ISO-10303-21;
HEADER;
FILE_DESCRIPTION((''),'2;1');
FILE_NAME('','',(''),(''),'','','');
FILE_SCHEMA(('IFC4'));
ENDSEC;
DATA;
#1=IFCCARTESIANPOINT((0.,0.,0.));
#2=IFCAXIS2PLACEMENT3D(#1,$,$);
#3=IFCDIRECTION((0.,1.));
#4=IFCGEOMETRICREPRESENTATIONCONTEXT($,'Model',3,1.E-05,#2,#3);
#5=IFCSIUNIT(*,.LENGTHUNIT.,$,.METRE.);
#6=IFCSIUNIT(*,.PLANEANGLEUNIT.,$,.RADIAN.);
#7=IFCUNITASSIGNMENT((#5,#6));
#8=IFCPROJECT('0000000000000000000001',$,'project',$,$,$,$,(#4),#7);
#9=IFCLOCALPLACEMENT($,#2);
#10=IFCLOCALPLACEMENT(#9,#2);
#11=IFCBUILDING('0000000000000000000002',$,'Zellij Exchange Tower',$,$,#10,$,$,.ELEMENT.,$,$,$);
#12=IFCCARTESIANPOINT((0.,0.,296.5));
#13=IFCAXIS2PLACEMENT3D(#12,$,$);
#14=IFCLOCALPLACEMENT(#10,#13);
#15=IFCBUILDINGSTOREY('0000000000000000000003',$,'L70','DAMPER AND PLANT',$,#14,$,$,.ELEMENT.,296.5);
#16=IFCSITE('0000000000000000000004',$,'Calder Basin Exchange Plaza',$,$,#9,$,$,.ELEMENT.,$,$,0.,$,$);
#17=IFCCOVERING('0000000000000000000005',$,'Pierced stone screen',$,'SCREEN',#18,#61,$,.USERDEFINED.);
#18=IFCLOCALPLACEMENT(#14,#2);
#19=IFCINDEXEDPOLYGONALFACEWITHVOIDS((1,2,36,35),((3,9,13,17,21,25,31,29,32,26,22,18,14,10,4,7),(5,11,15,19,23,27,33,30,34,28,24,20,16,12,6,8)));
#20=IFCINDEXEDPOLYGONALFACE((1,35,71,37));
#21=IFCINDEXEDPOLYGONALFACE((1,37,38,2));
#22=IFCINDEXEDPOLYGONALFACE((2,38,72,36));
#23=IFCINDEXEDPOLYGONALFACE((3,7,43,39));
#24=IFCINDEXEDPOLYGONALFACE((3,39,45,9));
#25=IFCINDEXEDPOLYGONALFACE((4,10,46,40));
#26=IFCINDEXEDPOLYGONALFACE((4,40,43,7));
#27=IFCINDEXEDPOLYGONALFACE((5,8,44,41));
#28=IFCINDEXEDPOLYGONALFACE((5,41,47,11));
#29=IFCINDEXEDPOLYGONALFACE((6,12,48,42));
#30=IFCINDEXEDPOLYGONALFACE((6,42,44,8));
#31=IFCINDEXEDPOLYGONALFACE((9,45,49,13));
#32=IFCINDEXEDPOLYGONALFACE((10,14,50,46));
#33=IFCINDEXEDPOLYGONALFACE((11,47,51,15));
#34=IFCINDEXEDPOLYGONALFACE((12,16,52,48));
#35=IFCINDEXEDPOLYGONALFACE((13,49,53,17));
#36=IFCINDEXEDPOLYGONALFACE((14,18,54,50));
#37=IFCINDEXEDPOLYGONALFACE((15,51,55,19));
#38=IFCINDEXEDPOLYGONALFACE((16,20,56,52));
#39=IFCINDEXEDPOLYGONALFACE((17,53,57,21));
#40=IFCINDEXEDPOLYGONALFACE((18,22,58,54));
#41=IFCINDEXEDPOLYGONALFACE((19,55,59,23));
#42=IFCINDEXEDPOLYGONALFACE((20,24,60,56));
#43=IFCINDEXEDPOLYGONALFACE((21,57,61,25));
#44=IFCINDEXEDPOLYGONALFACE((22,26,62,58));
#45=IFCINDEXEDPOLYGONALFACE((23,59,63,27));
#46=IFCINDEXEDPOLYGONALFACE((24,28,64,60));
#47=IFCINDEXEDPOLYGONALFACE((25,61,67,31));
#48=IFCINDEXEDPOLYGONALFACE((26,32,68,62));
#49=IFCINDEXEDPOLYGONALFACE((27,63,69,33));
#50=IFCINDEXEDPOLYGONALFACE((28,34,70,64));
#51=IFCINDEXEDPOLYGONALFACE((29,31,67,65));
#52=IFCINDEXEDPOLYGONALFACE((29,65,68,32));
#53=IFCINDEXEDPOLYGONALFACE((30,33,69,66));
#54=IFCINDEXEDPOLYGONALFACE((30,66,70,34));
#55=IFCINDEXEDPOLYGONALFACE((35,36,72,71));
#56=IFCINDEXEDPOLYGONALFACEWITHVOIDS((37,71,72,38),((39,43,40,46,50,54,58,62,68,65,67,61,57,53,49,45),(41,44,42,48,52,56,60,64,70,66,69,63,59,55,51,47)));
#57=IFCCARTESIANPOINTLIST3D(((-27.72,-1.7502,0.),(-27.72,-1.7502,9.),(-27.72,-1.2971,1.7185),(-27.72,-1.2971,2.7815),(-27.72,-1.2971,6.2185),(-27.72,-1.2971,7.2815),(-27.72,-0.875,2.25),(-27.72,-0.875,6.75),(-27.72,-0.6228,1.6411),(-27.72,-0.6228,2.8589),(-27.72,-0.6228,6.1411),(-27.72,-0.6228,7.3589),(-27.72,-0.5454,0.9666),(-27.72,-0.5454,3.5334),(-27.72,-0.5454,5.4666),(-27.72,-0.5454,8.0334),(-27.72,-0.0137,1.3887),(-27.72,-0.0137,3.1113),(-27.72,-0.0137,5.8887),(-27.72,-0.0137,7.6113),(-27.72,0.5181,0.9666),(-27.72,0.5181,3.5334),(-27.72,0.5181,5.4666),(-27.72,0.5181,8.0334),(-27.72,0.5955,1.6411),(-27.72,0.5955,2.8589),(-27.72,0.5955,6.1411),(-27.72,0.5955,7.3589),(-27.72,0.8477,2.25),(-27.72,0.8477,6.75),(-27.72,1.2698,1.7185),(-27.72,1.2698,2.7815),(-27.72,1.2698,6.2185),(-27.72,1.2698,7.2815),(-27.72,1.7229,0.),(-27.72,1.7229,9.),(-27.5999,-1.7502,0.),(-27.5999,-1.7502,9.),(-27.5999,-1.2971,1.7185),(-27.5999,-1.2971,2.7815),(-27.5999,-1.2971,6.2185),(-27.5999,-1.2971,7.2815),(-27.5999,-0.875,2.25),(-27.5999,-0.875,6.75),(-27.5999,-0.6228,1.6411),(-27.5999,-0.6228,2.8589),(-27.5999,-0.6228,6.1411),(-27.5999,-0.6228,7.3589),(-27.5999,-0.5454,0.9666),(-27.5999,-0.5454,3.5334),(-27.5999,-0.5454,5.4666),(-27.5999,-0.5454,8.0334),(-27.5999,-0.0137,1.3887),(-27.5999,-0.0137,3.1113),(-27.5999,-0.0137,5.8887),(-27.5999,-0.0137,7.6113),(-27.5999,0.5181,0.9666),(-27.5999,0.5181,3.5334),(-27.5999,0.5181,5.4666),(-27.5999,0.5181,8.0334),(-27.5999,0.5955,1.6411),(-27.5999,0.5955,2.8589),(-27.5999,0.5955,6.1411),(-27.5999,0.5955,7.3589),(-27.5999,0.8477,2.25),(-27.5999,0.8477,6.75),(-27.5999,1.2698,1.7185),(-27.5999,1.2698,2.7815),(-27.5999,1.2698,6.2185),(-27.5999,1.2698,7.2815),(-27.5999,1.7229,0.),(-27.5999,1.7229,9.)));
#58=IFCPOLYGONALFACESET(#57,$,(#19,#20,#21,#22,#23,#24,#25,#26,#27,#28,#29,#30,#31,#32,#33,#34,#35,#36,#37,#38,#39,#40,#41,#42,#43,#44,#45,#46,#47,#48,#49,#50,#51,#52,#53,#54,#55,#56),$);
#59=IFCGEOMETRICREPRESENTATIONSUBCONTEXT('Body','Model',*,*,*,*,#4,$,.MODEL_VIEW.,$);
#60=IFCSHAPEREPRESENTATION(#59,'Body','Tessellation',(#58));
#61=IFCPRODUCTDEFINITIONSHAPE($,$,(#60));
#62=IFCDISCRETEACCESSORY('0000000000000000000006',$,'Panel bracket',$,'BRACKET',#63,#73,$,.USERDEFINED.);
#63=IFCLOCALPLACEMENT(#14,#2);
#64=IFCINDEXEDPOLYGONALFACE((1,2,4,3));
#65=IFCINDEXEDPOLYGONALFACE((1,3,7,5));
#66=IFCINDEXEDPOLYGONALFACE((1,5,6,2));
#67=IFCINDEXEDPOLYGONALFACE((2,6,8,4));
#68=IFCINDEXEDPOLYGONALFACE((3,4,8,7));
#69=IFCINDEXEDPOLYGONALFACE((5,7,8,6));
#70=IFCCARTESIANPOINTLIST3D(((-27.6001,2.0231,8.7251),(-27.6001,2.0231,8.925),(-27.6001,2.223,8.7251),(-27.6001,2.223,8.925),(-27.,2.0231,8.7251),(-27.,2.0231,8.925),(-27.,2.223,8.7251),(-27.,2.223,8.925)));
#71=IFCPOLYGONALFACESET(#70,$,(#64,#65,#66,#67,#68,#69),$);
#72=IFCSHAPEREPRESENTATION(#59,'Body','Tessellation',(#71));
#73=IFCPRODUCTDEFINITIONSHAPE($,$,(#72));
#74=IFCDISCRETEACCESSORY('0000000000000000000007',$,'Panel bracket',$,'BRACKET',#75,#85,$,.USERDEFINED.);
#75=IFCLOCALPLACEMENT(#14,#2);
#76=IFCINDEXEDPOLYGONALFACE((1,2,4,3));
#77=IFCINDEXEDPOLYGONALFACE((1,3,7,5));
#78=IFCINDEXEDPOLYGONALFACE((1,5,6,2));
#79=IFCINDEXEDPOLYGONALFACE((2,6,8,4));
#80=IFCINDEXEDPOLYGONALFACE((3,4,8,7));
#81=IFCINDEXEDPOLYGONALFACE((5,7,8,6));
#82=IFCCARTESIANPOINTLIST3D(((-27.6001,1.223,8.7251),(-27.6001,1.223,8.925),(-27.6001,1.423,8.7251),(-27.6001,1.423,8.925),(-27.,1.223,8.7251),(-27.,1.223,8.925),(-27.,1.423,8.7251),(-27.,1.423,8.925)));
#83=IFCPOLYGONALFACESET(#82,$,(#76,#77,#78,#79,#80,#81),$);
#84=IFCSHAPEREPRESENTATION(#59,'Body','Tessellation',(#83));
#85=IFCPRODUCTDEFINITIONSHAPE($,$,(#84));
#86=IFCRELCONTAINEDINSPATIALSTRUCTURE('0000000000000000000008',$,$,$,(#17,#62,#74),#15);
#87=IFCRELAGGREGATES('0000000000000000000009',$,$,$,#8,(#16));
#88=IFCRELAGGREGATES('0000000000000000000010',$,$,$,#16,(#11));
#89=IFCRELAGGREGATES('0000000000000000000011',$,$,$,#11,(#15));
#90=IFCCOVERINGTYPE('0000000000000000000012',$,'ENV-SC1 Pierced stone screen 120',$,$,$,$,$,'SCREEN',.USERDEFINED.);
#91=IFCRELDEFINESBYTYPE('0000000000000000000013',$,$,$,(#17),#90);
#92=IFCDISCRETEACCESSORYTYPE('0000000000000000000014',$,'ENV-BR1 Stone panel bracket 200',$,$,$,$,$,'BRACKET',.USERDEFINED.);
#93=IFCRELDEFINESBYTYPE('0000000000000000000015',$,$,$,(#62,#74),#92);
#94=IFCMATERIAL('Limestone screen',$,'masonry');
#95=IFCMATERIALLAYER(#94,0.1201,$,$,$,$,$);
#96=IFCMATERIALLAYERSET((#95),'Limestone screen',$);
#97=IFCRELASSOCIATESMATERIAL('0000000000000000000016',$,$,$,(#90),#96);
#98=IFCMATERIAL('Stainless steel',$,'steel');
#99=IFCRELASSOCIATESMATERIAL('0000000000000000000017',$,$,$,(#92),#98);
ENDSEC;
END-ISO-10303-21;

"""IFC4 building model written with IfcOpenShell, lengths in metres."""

from ifc_helpers import new_model, si_unit, direction, frame, origin, origin_2d, place, context, subcontext, project, spatial, polyline, rectangle, outline, extrude, material, layer, layer_set, type_object, element, save


model = new_model("IFC4")

# Units and contexts
model_context = context("Model", 3, precision=1e-05, world=origin(), true_north=direction((0.0, 1.0)))
body_context = subcontext(model_context, "Body", "Model", "MODEL_VIEW")
ifc_project = project(units=[si_unit("LENGTHUNIT", "METRE"), si_unit("PLANEANGLEUNIT", "RADIAN")], contexts=[model_context])

# Site, building, storey
site_placement = place(None, origin())
site = spatial("IfcSite", under=ifc_project, at=site_placement, Name="Calder Basin Exchange Plaza", CompositionType="ELEMENT", RefElevation=0.0)
building_placement = place(site_placement, origin())
building = spatial("IfcBuilding", under=site, at=building_placement, Name="Zellij Exchange Tower", CompositionType="ELEMENT")
storey_placement = place(building_placement, frame((0.0, 0.0, 296.5)))
storey = spatial("IfcBuildingStorey", under=building, at=storey_placement, Name="L70", Description="DAMPER AND PLANT", CompositionType="ELEMENT", Elevation=296.5)

# Covering
ifc_material_1 = material(Name="Limestone screen", Category="masonry")
ifc_layer_1 = layer(ifc_material_1, 0.1201)
ifc_layer_set_1 = layer_set([ifc_layer_1], Name="Limestone screen")
covering_type = type_object("IfcCoveringType", Name="ENV-SC1 Pierced stone screen 120", ElementType="SCREEN", PredefinedType="USERDEFINED", material=ifc_layer_set_1)
covering_placement = place(storey_placement, frame((-27.6599, 1.7229, 0.0), z_axis=(0.0, 0.0, 1.0), x_axis=(0.0, -1.0, 0.0)))
element("IfcCovering", 1, at=covering_placement, inside=storey, type_object=covering_type, Name="Pierced stone screen", ObjectType="SCREEN", PredefinedType="USERDEFINED", context=body_context, shape_type="SweptSolid", body=[
    extrude(outline(polyline([(0.0, 0.0), (3.4731, 0.0), (3.4731, 9.0), (0.0, 9.0), (0.0, 0.0)]), holes=[polyline([(3.02, 2.7815), (2.3457, 2.8589), (2.2683, 3.5334), (1.7366, 3.1113), (1.2048, 3.5334), (1.1274, 2.8589), (0.4531, 2.7815), (0.8752, 2.25), (0.4531, 1.7185), (1.1274, 1.6411), (1.2048, 0.9666), (1.7366, 1.3887), (2.2683, 0.9666), (2.3457, 1.6411), (3.02, 1.7185), (2.5979, 2.25), (3.02, 2.7815)]), polyline([(3.02, 7.2815), (2.3457, 7.3589), (2.2683, 8.0334), (1.7366, 7.6113), (1.2048, 8.0334), (1.1274, 7.3589), (0.4531, 7.2815), (0.8752, 6.75), (0.4531, 6.2185), (1.1274, 6.1411), (1.2048, 5.4666), (1.7366, 5.8887), (2.2683, 5.4666), (2.3457, 6.1411), (3.02, 6.2185), (2.5979, 6.75), (3.02, 7.2815)])]), frame((0.0, 0.0601, 0.0), z_axis=(0.0, -1.0, 0.0), x_axis=(1.0, 0.0, 0.0)), (0.0, 0.0, 1.0), 0.1201),
])

# Discrete accessories
ifc_material_2 = material(Name="Stainless steel", Category="steel")
discrete_accessory_type = type_object("IfcDiscreteAccessoryType", Name="ENV-BR1 Stone panel bracket 200", ElementType="BRACKET", PredefinedType="USERDEFINED", material=ifc_material_2)
for number, where, z_axis, x_axis, name in (
    (2, (-27.3, 2.123, 8.7251), (0.0, 0.0, 1.0), (0.0, -1.0, 0.0), "Panel bracket"),
    (3, (-27.3, 1.323, 8.7251), (0.0, 0.0, 1.0), (0.0, -1.0, 0.0), "Panel bracket"),
):
    element("IfcDiscreteAccessory", number, at=place(storey_placement, frame(where, z_axis=z_axis, x_axis=x_axis)), inside=storey, type_object=discrete_accessory_type, Name=name, ObjectType="BRACKET", PredefinedType="USERDEFINED", context=body_context, shape_type="SweptSolid", body=[
        extrude(rectangle(XDim=0.2, YDim=0.6001, at=origin_2d()), origin(), (0.0, 0.0, 1.0), 0.2),
    ])

save(model, "model.ifc")
